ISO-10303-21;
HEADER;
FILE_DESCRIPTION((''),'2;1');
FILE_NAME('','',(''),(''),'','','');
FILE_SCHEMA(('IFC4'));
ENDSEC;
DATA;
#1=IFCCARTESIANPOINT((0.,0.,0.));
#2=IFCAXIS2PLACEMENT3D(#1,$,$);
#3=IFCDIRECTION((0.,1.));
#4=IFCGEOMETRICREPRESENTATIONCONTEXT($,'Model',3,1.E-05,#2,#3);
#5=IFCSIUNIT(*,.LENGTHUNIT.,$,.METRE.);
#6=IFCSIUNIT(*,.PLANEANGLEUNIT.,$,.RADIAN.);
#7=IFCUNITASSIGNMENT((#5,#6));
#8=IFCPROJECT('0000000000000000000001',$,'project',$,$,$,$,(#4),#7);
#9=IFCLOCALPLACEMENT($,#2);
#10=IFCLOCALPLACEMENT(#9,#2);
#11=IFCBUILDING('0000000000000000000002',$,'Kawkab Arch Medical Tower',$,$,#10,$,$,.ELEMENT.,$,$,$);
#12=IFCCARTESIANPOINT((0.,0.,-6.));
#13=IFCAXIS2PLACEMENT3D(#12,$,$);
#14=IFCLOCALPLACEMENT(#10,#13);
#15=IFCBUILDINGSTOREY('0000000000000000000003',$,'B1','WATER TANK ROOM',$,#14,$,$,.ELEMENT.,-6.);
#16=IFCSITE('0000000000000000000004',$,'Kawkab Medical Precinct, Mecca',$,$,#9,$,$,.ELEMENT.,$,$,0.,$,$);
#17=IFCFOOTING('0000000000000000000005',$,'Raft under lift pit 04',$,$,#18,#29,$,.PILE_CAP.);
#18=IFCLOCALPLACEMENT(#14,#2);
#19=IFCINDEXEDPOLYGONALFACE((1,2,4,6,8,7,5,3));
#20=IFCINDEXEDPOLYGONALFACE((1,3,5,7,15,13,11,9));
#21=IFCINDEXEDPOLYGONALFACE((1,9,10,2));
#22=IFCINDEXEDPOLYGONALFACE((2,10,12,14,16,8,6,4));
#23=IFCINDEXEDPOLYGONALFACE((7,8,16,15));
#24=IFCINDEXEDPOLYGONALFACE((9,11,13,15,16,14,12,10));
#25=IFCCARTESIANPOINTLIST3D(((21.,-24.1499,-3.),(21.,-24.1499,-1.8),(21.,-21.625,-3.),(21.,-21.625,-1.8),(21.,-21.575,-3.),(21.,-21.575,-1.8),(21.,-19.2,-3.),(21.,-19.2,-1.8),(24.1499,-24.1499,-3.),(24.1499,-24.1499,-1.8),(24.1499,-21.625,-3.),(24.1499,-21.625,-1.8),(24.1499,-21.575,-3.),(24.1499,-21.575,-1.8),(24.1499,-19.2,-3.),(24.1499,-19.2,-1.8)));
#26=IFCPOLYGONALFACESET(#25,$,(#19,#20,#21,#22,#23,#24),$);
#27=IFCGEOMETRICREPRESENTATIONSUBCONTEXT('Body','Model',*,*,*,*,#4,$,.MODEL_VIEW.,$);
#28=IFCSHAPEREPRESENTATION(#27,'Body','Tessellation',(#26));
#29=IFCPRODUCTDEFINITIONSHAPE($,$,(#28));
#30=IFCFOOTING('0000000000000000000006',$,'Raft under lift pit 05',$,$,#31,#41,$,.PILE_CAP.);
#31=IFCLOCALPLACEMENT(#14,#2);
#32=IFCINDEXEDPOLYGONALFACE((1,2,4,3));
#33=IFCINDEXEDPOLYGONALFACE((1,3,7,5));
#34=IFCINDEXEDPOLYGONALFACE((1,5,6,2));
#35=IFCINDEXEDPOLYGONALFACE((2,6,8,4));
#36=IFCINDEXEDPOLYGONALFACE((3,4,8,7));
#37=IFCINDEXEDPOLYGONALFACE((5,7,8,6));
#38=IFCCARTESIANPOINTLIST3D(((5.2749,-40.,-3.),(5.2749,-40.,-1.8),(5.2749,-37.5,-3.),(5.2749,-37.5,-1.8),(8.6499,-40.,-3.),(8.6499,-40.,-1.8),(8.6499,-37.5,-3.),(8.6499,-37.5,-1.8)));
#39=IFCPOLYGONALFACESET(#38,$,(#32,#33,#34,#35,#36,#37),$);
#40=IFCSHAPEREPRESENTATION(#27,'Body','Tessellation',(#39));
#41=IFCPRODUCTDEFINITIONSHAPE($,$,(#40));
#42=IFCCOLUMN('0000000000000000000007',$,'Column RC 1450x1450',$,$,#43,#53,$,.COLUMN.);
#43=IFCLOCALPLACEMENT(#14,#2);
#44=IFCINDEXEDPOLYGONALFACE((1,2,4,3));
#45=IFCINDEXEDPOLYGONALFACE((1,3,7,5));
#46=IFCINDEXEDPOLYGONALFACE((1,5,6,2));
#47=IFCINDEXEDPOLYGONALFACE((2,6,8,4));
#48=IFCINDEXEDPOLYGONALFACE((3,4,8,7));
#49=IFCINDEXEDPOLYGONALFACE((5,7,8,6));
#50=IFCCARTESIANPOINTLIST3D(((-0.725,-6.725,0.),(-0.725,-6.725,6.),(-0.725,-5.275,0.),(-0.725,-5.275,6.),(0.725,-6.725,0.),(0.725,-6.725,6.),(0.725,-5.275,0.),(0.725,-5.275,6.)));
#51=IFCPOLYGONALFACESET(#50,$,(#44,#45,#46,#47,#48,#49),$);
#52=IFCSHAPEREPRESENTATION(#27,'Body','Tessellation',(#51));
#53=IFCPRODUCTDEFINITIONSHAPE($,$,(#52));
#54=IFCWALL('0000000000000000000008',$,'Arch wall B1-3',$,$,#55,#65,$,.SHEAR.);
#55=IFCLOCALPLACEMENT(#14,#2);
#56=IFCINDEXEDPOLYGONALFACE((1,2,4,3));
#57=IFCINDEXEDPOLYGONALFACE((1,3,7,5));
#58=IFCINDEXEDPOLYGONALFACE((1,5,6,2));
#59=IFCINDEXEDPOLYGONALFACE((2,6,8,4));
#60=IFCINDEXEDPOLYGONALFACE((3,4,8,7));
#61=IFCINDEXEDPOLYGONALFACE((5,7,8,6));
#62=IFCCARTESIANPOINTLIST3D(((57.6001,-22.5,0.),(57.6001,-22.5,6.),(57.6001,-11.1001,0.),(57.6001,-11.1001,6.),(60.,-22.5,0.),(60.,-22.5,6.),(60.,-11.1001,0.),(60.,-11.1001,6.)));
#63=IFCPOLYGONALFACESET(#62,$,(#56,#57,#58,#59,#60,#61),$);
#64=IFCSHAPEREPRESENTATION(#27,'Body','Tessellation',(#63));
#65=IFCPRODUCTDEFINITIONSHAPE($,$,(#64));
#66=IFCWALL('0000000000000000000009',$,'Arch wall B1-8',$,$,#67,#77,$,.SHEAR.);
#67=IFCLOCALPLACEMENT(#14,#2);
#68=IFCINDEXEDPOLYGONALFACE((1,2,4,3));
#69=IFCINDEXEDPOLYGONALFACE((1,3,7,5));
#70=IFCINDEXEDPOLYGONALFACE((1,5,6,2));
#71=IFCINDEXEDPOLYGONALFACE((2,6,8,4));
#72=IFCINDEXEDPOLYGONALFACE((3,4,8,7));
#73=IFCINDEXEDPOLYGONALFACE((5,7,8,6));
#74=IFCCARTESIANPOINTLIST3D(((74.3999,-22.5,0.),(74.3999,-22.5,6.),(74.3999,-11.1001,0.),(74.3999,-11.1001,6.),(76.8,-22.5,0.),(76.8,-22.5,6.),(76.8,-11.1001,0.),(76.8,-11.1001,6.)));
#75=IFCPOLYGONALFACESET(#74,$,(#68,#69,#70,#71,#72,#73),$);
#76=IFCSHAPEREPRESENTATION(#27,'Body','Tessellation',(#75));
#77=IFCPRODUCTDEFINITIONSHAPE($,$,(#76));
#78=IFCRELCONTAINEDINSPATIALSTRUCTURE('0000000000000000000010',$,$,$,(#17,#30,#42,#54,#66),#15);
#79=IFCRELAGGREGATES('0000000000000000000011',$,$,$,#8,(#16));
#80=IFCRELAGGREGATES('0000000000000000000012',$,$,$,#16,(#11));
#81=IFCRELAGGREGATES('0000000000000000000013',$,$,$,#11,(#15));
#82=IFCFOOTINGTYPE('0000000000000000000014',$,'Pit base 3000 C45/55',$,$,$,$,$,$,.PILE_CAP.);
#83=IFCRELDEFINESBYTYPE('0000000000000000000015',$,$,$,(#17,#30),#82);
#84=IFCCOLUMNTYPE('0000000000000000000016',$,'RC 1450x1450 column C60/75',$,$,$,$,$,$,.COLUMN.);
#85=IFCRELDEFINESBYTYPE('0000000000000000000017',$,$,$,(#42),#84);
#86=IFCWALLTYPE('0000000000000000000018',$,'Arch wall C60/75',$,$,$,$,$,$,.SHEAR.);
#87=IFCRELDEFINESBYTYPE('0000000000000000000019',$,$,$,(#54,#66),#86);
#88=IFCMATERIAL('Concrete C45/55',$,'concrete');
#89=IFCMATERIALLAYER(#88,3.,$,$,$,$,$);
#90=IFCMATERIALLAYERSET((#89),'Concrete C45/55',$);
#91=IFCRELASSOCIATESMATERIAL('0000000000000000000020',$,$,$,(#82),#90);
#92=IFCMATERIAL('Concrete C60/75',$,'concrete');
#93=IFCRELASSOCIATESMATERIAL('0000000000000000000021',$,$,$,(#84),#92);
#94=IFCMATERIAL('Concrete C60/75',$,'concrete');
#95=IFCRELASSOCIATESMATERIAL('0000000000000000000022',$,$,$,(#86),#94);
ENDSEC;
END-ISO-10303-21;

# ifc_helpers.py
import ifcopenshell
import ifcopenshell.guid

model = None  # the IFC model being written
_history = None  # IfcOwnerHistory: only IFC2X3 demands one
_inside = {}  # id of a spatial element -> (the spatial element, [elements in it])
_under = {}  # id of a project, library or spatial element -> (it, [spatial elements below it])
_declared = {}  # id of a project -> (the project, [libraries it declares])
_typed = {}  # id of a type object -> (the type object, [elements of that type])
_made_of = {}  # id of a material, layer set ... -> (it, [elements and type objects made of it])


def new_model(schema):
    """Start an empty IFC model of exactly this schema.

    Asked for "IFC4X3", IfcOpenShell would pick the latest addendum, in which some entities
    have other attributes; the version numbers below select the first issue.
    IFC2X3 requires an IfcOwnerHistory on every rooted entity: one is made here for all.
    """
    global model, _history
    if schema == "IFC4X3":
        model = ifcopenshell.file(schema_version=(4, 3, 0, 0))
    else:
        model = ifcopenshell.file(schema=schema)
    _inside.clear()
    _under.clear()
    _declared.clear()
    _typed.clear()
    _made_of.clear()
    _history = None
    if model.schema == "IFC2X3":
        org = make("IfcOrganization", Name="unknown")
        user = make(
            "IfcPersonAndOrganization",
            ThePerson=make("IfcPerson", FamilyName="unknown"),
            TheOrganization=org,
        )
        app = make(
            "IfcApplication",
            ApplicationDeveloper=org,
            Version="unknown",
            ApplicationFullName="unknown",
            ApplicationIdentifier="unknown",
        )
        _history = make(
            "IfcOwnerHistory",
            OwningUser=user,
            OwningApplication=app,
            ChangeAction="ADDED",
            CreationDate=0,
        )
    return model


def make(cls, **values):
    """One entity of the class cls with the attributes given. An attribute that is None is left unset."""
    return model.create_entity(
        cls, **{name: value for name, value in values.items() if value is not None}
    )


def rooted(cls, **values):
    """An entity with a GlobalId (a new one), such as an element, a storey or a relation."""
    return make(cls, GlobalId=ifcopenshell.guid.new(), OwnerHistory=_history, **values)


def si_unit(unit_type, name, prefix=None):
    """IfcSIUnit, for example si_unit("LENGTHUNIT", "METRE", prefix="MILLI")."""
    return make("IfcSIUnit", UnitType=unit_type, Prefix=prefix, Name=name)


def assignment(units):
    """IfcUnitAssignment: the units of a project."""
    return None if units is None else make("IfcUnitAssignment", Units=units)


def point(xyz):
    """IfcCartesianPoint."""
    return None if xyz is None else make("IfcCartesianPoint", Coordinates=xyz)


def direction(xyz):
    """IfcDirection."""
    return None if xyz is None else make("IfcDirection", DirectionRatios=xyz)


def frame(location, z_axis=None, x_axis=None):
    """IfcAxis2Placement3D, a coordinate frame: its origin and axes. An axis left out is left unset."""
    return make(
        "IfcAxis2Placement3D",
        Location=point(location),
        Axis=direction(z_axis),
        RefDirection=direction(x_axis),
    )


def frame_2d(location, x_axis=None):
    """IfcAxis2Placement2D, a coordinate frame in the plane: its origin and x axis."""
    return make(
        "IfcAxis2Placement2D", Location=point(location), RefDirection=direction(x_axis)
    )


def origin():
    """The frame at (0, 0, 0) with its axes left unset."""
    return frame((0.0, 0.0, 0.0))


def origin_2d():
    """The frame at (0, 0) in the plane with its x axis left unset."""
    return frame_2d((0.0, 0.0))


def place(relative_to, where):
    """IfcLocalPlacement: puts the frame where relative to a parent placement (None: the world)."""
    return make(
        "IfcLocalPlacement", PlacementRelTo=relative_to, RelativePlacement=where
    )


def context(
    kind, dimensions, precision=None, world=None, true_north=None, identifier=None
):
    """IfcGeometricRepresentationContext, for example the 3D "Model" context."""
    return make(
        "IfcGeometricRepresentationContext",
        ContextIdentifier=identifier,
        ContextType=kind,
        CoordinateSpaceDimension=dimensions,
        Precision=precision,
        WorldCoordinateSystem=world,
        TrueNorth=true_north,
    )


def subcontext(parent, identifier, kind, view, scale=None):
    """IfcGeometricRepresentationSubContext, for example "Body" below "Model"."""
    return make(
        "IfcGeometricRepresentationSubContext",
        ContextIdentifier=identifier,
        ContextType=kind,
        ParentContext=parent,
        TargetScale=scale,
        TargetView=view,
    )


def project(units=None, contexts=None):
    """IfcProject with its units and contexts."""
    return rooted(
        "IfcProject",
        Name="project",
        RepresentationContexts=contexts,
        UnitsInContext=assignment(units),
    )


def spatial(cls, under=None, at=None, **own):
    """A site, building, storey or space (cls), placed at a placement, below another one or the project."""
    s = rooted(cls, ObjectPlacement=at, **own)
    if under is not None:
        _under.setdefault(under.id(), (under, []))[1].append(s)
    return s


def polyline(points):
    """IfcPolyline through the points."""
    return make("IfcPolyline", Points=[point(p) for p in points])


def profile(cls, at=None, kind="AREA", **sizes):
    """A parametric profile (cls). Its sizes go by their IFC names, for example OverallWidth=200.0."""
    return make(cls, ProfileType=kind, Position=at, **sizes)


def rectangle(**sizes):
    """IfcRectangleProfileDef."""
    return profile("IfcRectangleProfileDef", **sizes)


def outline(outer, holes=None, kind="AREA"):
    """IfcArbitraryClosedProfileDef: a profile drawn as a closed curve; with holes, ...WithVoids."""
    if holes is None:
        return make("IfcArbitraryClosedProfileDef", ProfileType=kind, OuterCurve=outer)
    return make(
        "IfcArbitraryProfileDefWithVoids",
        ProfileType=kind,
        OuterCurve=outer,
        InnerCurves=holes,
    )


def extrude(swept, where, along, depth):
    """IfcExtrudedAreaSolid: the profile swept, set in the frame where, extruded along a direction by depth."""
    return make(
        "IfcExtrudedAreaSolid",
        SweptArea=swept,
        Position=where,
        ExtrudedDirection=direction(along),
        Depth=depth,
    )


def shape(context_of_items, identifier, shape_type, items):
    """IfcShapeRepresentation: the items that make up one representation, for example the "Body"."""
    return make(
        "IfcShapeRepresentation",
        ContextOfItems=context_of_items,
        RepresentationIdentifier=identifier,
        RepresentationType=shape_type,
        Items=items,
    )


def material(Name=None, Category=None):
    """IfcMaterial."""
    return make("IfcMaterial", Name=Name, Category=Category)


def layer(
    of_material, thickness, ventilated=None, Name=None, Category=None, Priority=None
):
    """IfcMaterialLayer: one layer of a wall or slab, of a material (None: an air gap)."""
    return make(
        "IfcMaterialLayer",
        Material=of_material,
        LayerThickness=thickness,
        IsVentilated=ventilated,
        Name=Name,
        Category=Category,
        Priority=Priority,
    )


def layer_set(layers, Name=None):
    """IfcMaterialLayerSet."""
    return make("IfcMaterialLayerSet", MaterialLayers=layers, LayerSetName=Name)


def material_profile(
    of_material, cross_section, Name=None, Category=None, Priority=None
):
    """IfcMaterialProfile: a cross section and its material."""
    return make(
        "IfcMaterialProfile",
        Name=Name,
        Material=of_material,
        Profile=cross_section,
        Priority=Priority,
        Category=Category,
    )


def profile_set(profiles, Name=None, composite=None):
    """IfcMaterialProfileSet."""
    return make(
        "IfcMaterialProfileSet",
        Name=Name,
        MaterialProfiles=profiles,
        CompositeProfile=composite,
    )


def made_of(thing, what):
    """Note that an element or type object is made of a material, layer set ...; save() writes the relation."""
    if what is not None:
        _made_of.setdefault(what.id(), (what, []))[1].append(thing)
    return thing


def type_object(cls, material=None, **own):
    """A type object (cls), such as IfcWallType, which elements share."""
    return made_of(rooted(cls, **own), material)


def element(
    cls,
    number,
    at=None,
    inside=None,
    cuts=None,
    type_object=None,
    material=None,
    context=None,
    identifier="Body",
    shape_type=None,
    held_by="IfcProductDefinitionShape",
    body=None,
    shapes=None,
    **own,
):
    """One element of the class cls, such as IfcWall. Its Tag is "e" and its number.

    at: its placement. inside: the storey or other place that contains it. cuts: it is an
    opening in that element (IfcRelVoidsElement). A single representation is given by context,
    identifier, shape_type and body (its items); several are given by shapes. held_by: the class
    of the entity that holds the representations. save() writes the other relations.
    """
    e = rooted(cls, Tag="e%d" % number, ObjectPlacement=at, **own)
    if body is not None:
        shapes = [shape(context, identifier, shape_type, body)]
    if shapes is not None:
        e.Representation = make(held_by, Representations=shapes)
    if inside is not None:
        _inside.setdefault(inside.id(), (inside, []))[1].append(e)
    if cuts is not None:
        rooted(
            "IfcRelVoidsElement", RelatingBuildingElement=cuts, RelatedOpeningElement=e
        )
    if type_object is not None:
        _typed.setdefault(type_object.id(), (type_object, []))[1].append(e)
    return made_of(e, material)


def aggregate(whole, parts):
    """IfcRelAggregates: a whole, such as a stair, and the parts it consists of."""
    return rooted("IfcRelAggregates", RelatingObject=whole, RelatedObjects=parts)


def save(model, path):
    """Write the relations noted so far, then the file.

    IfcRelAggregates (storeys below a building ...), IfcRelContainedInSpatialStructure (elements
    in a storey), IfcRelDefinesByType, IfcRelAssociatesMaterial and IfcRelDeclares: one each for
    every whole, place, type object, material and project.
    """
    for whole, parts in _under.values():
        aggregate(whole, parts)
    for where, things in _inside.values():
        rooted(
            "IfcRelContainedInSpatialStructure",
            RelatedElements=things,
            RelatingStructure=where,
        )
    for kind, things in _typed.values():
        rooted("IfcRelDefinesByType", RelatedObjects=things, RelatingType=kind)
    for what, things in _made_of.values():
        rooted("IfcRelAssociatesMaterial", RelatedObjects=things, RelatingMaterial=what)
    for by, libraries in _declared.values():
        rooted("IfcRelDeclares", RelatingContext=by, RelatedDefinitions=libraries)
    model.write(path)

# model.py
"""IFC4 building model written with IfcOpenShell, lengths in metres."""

from ifc_helpers import new_model, si_unit, direction, frame, origin, origin_2d, place, context, subcontext, project, spatial, polyline, rectangle, outline, extrude, material, layer, layer_set, material_profile, profile_set, type_object, element, save


model = new_model("IFC4")

# Units and contexts
model_context = context("Model", 3, precision=1e-05, world=origin(), true_north=direction((0.0, 1.0)))
body_context = subcontext(model_context, "Body", "Model", "MODEL_VIEW")
ifc_project = project(units=[si_unit("LENGTHUNIT", "METRE"), si_unit("PLANEANGLEUNIT", "RADIAN")], contexts=[model_context])

# Site, building, storey
site_placement = place(None, origin())
site = spatial("IfcSite", under=ifc_project, at=site_placement, Name="Kawkab Medical Precinct, Mecca", CompositionType="ELEMENT", RefElevation=0.0)
building_placement = place(site_placement, origin())
building = spatial("IfcBuilding", under=site, at=building_placement, Name="Kawkab Arch Medical Tower", CompositionType="ELEMENT")
storey_placement = place(building_placement, frame((0.0, 0.0, -6.0)))
storey = spatial("IfcBuildingStorey", under=building, at=storey_placement, Name="B1", Description="WATER TANK ROOM", CompositionType="ELEMENT", Elevation=-6.0)

# Footings
placement_1 = place(storey_placement, frame((0.0, 0.0, -3.0)))
ifc_material_1 = material(Name="Concrete C45/55", Category="concrete")
ifc_layer_1 = layer(ifc_material_1, 3.0)
ifc_layer_set_1 = layer_set([ifc_layer_1], Name="Concrete C45/55")
footing_type_1 = type_object("IfcFootingType", Name="Pit base 3000 C45/55", PredefinedType="PILE_CAP", material=ifc_layer_set_1)
element("IfcFooting", 1, at=placement_1, inside=storey, type_object=footing_type_1, Name="Raft under lift pit 04", PredefinedType="PILE_CAP", context=body_context, shape_type="SweptSolid", body=[
    extrude(outline(polyline([(24.1499, -24.1499), (21.0, -24.1499), (21.0, -21.625), (21.0, -21.575), (21.0, -19.2), (24.1499, -19.2), (24.1499, -21.575), (24.1499, -21.625), (24.1499, -24.1499)])), origin(), (0.0, 0.0, 1.0), 1.2),
])
element("IfcFooting", 2, at=placement_1, inside=storey, type_object=footing_type_1, Name="Raft under lift pit 05", PredefinedType="PILE_CAP", context=body_context, shape_type="SweptSolid", body=[
    extrude(outline(polyline([(8.6499, -40.0), (5.2749, -40.0), (5.2749, -37.5), (8.6499, -37.5), (8.6499, -40.0)])), origin(), (0.0, 0.0, 1.0), 1.2),
])

# Column
ifc_material_2 = material(Name="Concrete C60/75", Category="concrete")
ifc_material_profile = material_profile(ifc_material_2, rectangle(XDim=1.45, YDim=1.45, at=origin_2d()), Name="RC 1450x1450")
ifc_profile_set = profile_set([ifc_material_profile], Name="Concrete C60/75")
column_type = type_object("IfcColumnType", Name="RC 1450x1450 column C60/75", PredefinedType="COLUMN", material=ifc_profile_set)
column_placement = place(storey_placement, frame((0.0, -6.0, 0.0), z_axis=(0.0, 0.0, 1.0), x_axis=(1.0, 0.0, 0.0)))
element("IfcColumn", 3, at=column_placement, inside=storey, type_object=column_type, Name="Column RC 1450x1450", PredefinedType="COLUMN", context=body_context, shape_type="SweptSolid", body=[
    extrude(rectangle(XDim=1.45, YDim=1.45, at=origin_2d()), origin(), (0.0, 0.0, 1.0), 6.0),
])

# Walls
ifc_material_3 = material(Name="Concrete C60/75", Category="concrete")
wall_type = type_object("IfcWallType", Name="Arch wall C60/75", PredefinedType="SHEAR", material=ifc_material_3)
placement_2 = place(storey_placement, frame((0.0, -11.1001, 6.0), z_axis=(0.0, -1.0, 0.0), x_axis=(1.0, 0.0, 0.0)))
element("IfcWall", 4, at=placement_2, inside=storey, type_object=wall_type, Name="Arch wall B1-3", PredefinedType="SHEAR", context=body_context, shape_type="SweptSolid", body=[
    extrude(outline(polyline([(60.0, 0.0), (60.0, -6.0), (57.6001, -6.0), (57.6001, 0.0), (60.0, 0.0)])), origin(), (0.0, 0.0, 1.0), 11.3999),
])
element("IfcWall", 5, at=placement_2, inside=storey, type_object=wall_type, Name="Arch wall B1-8", PredefinedType="SHEAR", context=body_context, shape_type="SweptSolid", body=[
    extrude(outline(polyline([(74.3999, -6.0), (74.3999, 0.0), (76.8, 0.0), (76.8, -6.0), (74.3999, -6.0)])), origin(), (0.0, 0.0, 1.0), 11.3999),
])

save(model, "model.ifc")
